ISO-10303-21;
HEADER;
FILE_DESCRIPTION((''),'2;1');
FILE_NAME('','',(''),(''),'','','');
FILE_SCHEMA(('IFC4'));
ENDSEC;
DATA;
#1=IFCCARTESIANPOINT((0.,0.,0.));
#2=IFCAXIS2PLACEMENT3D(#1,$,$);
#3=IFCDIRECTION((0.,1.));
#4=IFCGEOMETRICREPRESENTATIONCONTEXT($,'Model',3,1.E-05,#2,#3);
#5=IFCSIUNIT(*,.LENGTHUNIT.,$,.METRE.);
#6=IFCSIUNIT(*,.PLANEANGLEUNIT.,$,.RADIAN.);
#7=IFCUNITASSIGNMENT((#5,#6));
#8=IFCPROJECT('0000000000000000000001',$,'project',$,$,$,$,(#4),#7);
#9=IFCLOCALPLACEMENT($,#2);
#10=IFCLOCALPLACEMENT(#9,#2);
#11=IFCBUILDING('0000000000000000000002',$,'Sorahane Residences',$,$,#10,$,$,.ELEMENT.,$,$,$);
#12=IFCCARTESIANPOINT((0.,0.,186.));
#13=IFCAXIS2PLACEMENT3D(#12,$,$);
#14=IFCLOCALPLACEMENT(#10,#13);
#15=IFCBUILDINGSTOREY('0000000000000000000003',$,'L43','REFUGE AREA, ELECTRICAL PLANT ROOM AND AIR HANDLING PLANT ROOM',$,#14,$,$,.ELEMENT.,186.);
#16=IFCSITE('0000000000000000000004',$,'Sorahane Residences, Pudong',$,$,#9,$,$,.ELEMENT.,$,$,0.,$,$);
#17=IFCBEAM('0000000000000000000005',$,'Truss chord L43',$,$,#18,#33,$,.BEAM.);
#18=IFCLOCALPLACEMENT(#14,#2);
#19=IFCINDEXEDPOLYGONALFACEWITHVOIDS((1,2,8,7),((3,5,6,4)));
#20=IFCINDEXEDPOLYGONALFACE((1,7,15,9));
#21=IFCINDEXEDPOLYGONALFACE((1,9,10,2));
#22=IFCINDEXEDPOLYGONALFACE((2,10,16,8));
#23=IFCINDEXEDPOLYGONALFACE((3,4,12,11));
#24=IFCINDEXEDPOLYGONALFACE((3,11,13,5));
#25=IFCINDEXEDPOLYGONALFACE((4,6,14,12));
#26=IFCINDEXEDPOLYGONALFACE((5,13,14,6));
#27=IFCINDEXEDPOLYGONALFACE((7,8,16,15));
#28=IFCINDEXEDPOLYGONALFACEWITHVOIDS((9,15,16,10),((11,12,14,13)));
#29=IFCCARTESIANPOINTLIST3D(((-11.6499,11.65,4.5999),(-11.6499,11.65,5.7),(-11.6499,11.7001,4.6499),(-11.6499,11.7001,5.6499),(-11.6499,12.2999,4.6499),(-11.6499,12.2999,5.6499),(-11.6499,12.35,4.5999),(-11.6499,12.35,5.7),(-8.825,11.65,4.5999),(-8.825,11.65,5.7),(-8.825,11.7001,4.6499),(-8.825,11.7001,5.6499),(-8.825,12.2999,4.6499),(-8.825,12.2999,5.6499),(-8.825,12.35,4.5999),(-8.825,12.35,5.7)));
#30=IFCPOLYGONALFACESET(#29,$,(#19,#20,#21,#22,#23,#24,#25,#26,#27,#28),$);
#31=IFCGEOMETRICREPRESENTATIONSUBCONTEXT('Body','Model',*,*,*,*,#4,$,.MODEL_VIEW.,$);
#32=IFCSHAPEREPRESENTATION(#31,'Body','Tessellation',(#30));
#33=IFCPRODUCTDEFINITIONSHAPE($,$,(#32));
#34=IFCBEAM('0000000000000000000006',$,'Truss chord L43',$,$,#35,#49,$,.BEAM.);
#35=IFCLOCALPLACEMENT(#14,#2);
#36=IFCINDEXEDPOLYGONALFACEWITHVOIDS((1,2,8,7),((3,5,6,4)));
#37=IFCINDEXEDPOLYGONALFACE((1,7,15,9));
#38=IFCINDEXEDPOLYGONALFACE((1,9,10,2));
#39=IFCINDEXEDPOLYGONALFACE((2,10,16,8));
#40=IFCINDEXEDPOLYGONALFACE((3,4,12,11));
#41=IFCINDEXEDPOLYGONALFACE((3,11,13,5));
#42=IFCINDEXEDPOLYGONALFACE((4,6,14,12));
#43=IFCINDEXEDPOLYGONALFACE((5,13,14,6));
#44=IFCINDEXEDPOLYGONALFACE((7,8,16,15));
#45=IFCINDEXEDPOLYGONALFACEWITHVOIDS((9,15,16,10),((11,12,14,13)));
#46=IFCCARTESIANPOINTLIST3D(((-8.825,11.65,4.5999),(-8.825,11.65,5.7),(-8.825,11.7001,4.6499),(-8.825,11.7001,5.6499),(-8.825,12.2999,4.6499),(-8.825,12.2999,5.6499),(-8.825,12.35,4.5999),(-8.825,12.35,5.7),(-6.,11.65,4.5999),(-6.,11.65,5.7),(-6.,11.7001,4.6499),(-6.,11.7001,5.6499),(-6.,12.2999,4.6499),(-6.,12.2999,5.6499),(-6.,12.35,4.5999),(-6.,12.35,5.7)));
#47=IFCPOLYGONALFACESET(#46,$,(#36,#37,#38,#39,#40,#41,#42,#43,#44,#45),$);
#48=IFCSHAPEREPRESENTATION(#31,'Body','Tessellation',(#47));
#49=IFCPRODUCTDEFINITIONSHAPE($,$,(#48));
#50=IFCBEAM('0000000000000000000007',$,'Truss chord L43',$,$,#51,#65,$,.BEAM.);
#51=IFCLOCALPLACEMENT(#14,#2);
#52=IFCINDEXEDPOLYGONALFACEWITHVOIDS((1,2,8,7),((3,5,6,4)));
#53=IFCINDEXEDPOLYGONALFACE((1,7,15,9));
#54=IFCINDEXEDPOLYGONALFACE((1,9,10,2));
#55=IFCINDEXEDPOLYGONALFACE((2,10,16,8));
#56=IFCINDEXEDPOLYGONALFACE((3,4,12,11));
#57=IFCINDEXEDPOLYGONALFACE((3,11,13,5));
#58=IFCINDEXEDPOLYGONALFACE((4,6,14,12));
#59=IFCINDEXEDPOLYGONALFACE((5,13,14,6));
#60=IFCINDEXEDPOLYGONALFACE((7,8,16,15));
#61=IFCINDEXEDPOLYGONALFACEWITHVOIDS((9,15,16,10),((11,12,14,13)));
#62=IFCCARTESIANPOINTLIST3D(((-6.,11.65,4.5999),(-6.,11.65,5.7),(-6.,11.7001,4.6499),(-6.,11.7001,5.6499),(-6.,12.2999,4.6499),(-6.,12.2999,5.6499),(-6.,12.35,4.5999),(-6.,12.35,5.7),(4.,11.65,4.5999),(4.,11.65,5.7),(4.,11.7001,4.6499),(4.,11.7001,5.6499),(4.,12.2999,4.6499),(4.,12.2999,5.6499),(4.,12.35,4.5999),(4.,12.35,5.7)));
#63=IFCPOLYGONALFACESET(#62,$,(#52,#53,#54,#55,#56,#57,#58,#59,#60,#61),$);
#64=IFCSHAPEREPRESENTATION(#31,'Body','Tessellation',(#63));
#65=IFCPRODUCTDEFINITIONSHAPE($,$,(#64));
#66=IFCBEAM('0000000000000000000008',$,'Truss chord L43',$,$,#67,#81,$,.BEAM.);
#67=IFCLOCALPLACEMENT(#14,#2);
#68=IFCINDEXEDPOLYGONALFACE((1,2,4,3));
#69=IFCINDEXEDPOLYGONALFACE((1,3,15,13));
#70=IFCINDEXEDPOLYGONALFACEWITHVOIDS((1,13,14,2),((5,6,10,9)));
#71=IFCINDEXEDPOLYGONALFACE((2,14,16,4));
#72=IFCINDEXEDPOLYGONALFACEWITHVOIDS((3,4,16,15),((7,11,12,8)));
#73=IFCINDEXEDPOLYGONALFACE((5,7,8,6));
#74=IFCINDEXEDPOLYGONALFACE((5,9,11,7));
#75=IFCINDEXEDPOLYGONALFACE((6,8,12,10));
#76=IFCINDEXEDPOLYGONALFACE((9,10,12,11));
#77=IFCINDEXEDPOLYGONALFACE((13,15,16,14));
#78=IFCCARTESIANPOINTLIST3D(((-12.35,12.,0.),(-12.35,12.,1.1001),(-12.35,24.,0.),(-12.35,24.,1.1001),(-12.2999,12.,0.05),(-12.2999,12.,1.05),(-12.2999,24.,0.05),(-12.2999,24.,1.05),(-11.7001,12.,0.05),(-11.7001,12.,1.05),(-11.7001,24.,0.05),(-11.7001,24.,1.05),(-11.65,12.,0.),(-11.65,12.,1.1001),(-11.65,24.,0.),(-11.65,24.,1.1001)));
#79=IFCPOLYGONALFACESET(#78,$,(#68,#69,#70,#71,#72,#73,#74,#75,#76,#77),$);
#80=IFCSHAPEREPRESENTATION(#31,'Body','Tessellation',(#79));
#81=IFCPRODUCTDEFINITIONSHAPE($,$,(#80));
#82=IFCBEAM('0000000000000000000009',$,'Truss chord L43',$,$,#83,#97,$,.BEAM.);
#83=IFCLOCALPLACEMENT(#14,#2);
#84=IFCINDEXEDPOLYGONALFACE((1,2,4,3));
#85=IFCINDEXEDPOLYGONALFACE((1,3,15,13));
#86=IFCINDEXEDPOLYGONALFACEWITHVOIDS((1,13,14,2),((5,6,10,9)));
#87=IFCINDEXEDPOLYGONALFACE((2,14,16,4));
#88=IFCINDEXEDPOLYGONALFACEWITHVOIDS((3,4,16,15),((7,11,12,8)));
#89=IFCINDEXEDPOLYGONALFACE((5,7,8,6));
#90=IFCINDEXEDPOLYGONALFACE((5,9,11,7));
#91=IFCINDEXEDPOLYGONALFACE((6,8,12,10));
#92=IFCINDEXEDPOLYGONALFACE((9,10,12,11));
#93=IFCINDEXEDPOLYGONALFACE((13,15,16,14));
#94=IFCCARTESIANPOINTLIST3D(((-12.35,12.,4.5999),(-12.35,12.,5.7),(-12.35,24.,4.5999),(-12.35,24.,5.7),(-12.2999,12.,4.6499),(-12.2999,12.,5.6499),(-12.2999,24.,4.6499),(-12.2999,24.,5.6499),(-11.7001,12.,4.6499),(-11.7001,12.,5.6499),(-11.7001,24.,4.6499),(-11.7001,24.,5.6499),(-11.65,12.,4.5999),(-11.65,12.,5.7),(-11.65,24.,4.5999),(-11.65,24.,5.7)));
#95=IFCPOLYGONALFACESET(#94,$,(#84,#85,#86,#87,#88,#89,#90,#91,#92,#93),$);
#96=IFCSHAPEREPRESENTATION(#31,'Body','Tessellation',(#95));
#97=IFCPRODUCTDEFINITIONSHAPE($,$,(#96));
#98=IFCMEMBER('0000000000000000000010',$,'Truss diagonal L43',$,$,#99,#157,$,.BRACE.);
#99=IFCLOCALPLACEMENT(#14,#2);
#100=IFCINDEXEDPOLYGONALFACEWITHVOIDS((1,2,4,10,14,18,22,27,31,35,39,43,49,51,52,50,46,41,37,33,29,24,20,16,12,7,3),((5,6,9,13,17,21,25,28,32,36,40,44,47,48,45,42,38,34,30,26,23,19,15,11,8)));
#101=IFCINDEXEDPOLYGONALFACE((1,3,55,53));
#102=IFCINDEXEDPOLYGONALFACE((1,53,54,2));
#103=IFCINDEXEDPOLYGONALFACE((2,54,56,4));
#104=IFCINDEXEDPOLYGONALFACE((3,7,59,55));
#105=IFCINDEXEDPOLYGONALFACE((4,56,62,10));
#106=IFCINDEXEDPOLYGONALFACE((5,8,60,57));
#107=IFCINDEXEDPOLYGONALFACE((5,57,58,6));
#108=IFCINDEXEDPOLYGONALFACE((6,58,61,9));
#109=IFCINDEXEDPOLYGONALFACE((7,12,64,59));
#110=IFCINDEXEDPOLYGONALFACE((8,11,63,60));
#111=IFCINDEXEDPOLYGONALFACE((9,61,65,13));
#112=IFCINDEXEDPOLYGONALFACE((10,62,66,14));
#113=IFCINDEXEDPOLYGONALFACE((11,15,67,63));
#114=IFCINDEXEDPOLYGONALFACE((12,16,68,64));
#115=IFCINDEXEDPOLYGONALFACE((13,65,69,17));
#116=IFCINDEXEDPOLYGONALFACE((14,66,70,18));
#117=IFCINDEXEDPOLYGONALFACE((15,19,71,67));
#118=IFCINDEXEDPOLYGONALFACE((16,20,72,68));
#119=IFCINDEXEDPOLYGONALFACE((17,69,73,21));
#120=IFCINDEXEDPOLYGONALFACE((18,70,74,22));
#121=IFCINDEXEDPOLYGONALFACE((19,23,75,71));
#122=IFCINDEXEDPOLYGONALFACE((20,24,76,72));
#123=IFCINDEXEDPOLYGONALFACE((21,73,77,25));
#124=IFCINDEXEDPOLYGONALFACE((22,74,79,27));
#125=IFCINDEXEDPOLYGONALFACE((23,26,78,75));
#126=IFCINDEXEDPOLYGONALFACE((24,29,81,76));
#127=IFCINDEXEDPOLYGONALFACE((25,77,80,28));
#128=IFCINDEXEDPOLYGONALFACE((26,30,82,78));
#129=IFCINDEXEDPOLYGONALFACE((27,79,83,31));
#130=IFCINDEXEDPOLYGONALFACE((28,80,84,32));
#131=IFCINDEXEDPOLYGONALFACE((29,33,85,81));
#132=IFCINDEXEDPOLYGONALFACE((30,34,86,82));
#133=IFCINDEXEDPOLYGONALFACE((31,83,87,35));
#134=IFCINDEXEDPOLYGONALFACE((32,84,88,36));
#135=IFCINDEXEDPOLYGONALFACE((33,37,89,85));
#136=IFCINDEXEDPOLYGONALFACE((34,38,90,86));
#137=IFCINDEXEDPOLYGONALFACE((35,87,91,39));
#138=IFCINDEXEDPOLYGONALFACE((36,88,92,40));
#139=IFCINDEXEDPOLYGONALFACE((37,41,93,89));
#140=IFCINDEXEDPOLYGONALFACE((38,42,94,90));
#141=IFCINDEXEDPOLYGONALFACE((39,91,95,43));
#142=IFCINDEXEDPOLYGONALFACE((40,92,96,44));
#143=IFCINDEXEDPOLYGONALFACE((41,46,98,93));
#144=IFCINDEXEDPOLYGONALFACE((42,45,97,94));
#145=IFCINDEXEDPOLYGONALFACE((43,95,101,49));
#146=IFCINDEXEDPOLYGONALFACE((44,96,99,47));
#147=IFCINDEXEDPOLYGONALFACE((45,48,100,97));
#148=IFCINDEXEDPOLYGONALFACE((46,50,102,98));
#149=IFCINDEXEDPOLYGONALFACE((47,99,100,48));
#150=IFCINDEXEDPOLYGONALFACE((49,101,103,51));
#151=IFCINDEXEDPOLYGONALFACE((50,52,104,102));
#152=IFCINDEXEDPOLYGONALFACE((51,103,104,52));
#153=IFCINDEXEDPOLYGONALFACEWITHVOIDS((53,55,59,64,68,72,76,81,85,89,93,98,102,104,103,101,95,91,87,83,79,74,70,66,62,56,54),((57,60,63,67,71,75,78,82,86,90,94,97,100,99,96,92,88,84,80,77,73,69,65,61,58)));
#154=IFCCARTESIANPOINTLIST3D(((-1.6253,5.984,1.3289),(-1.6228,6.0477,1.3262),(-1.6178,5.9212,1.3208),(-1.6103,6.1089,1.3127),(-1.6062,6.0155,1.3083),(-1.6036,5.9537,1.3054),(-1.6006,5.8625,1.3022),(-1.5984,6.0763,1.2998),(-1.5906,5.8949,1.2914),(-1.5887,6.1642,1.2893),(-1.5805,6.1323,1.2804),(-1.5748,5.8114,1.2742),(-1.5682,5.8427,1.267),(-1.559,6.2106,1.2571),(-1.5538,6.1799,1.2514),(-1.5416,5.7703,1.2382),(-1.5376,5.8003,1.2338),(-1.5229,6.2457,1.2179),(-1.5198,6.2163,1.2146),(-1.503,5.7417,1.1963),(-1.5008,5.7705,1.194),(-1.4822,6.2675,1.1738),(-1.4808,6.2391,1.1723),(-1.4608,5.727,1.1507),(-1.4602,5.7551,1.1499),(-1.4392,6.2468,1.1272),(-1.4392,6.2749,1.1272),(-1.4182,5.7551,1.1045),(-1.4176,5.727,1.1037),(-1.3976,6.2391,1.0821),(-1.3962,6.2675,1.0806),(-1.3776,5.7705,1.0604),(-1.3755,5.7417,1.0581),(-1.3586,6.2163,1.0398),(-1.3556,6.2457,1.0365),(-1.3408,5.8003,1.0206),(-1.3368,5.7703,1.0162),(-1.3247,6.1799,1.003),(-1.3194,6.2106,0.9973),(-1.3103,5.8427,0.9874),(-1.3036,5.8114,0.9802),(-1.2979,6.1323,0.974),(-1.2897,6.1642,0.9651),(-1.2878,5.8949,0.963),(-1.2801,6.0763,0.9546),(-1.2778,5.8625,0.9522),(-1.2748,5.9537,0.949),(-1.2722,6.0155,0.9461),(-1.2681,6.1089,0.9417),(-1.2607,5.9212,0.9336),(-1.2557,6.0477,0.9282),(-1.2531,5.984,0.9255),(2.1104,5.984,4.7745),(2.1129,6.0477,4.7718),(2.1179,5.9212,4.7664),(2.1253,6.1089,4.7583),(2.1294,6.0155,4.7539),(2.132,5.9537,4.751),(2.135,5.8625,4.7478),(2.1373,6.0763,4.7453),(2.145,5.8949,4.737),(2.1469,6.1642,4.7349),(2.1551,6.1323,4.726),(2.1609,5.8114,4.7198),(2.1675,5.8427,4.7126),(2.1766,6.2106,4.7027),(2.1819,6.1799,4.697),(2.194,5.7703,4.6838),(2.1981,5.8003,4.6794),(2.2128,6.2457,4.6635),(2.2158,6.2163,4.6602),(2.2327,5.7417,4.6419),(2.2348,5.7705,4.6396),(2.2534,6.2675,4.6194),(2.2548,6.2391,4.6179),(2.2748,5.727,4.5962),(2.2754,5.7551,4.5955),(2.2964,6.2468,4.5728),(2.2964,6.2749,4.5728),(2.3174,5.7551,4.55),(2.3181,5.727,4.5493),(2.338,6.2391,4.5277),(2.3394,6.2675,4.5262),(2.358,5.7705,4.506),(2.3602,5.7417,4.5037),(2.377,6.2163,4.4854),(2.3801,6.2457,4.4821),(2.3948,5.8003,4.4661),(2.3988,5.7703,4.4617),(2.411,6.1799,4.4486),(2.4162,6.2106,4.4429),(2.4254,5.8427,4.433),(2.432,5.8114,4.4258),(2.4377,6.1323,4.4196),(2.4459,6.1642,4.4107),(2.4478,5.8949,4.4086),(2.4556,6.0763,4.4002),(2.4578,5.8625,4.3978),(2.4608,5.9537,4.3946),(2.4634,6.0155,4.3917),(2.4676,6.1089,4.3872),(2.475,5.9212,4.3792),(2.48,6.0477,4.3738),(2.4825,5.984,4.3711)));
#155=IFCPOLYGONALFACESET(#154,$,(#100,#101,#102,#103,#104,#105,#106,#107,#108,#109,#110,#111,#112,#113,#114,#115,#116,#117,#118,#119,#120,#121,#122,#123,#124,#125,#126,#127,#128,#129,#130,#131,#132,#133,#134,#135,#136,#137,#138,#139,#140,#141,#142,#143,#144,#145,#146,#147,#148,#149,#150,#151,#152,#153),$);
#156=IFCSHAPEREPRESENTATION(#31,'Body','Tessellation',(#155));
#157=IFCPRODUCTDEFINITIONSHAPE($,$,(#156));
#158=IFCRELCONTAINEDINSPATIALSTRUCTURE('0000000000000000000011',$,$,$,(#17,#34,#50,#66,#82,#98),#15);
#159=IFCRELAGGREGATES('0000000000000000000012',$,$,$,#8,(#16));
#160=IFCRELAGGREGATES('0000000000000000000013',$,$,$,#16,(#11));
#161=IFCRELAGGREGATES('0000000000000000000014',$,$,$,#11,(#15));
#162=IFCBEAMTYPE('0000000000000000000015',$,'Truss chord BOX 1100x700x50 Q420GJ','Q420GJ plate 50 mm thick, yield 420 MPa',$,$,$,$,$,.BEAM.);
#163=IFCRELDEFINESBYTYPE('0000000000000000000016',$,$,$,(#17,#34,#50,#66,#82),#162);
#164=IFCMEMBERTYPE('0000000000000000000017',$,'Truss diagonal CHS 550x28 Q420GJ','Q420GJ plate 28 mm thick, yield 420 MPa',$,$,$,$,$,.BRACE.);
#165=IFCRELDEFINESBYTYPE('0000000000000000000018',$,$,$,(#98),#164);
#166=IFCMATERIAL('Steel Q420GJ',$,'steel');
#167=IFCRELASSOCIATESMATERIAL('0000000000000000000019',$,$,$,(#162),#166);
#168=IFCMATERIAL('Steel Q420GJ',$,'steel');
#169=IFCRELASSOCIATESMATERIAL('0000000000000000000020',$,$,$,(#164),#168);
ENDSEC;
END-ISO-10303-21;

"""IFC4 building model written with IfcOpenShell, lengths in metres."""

from ifc_helpers import new_model, si_unit, direction, frame, origin, origin_2d, place, context, subcontext, project, spatial, hollow_rectangle, hollow_circle, extrude, material, material_profile, profile_set, type_object, element, save


model = new_model("IFC4")

# Units and contexts
model_context = context("Model", 3, precision=1e-05, world=origin(), true_north=direction((0.0, 1.0)))
body_context = subcontext(model_context, "Body", "Model", "MODEL_VIEW")
ifc_project = project(units=[si_unit("LENGTHUNIT", "METRE"), si_unit("PLANEANGLEUNIT", "RADIAN")], contexts=[model_context])

# Site, building, storey
site_placement = place(None, origin())
site = spatial("IfcSite", under=ifc_project, at=site_placement, Name="Sorahane Residences, Pudong", CompositionType="ELEMENT", RefElevation=0.0)
building_placement = place(site_placement, origin())
building = spatial("IfcBuilding", under=site, at=building_placement, Name="Sorahane Residences", CompositionType="ELEMENT")
storey_placement = place(building_placement, frame((0.0, 0.0, 186.0)))
storey = spatial("IfcBuildingStorey", under=building, at=storey_placement, Name="L43", Description="REFUGE AREA, ELECTRICAL PLANT ROOM AND AIR HANDLING PLANT ROOM", CompositionType="ELEMENT", Elevation=186.0)

# Beams
ifc_material_1 = material(Name="Steel Q420GJ", Category="steel")
ifc_material_profile_1 = material_profile(ifc_material_1, hollow_rectangle(XDim=0.7, YDim=1.1001, WallThickness=0.05, at=origin_2d()), Name="BOX 1100x700x50")
ifc_profile_set_1 = profile_set([ifc_material_profile_1], Name="Steel Q420GJ")
beam_type_1 = type_object("IfcBeamType", Name="Truss chord BOX 1100x700x50 Q420GJ", Description="Q420GJ plate 50 mm thick, yield 420 MPa", PredefinedType="BEAM", material=ifc_profile_set_1)
for number, where, z_axis, x_axis, name in (
    (1, (-11.6499, 12.0, 5.1499), (1.0, 0.0, 0.0), (0.0, 1.0, 0.0), "Truss chord L43"),
    (2, (-8.825, 12.0, 5.1499), (1.0, 0.0, 0.0), (0.0, 1.0, 0.0), "Truss chord L43"),
):
    element("IfcBeam", number, at=place(storey_placement, frame(where, z_axis=z_axis, x_axis=x_axis)), inside=storey, type_object=beam_type_1, Name=name, PredefinedType="BEAM", context=body_context, shape_type="SweptSolid", body=[
        extrude(hollow_rectangle(XDim=0.7, YDim=1.1001, WallThickness=0.05, at=origin_2d()), origin(), (0.0, 0.0, 1.0), 2.825),
    ])
beam_1_placement = place(storey_placement, frame((-6.0, 12.0, 5.1499), z_axis=(1.0, 0.0, 0.0), x_axis=(0.0, 1.0, 0.0)))
element("IfcBeam", 3, at=beam_1_placement, inside=storey, type_object=beam_type_1, Name="Truss chord L43", PredefinedType="BEAM", context=body_context, shape_type="SweptSolid", body=[
    extrude(hollow_rectangle(XDim=0.7, YDim=1.1001, WallThickness=0.05, at=origin_2d()), origin(), (0.0, 0.0, 1.0), 10.0),
])
for number, where, z_axis, x_axis, name in (
    (4, (-12.0, 12.0, 0.55), (0.0, 1.0, 0.0), (-1.0, 0.0, 0.0), "Truss chord L43"),
    (5, (-12.0, 12.0, 5.1499), (0.0, 1.0, 0.0), (-1.0, 0.0, 0.0), "Truss chord L43"),
):
    element("IfcBeam", number, at=place(storey_placement, frame(where, z_axis=z_axis, x_axis=x_axis)), inside=storey, type_object=beam_type_1, Name=name, PredefinedType="BEAM", context=body_context, shape_type="SweptSolid", body=[
        extrude(hollow_rectangle(XDim=0.7, YDim=1.1001, WallThickness=0.05, at=origin_2d()), origin(), (0.0, 0.0, 1.0), 12.0),
    ])

# Member
ifc_material_2 = material(Name="Steel Q420GJ", Category="steel")
ifc_material_profile_2 = material_profile(ifc_material_2, hollow_circle(Radius=0.2749, WallThickness=0.0281, at=origin_2d()), Name="CHS 550x28")
ifc_profile_set_2 = profile_set([ifc_material_profile_2], Name="Steel Q420GJ")
member_type = type_object("IfcMemberType", Name="Truss diagonal CHS 550x28 Q420GJ", Description="Q420GJ plate 28 mm thick, yield 420 MPa", PredefinedType="BRACE", material=ifc_profile_set_2)
member_1_placement = place(storey_placement, frame((-1.4392, 6.0, 1.1272), z_axis=(0.735067, 0.0, 0.677995), x_axis=(0.0, 1.0, 0.0)))
element("IfcMember", 6, at=member_1_placement, inside=storey, type_object=member_type, Name="Truss diagonal L43", PredefinedType="BRACE", context=body_context, shape_type="SweptSolid", body=[
    extrude(hollow_circle(Radius=0.2749, WallThickness=0.0281, at=origin_2d()), origin(), (0.0, 0.0, 1.0), 5.082),
])

save(model, "model.ifc")
